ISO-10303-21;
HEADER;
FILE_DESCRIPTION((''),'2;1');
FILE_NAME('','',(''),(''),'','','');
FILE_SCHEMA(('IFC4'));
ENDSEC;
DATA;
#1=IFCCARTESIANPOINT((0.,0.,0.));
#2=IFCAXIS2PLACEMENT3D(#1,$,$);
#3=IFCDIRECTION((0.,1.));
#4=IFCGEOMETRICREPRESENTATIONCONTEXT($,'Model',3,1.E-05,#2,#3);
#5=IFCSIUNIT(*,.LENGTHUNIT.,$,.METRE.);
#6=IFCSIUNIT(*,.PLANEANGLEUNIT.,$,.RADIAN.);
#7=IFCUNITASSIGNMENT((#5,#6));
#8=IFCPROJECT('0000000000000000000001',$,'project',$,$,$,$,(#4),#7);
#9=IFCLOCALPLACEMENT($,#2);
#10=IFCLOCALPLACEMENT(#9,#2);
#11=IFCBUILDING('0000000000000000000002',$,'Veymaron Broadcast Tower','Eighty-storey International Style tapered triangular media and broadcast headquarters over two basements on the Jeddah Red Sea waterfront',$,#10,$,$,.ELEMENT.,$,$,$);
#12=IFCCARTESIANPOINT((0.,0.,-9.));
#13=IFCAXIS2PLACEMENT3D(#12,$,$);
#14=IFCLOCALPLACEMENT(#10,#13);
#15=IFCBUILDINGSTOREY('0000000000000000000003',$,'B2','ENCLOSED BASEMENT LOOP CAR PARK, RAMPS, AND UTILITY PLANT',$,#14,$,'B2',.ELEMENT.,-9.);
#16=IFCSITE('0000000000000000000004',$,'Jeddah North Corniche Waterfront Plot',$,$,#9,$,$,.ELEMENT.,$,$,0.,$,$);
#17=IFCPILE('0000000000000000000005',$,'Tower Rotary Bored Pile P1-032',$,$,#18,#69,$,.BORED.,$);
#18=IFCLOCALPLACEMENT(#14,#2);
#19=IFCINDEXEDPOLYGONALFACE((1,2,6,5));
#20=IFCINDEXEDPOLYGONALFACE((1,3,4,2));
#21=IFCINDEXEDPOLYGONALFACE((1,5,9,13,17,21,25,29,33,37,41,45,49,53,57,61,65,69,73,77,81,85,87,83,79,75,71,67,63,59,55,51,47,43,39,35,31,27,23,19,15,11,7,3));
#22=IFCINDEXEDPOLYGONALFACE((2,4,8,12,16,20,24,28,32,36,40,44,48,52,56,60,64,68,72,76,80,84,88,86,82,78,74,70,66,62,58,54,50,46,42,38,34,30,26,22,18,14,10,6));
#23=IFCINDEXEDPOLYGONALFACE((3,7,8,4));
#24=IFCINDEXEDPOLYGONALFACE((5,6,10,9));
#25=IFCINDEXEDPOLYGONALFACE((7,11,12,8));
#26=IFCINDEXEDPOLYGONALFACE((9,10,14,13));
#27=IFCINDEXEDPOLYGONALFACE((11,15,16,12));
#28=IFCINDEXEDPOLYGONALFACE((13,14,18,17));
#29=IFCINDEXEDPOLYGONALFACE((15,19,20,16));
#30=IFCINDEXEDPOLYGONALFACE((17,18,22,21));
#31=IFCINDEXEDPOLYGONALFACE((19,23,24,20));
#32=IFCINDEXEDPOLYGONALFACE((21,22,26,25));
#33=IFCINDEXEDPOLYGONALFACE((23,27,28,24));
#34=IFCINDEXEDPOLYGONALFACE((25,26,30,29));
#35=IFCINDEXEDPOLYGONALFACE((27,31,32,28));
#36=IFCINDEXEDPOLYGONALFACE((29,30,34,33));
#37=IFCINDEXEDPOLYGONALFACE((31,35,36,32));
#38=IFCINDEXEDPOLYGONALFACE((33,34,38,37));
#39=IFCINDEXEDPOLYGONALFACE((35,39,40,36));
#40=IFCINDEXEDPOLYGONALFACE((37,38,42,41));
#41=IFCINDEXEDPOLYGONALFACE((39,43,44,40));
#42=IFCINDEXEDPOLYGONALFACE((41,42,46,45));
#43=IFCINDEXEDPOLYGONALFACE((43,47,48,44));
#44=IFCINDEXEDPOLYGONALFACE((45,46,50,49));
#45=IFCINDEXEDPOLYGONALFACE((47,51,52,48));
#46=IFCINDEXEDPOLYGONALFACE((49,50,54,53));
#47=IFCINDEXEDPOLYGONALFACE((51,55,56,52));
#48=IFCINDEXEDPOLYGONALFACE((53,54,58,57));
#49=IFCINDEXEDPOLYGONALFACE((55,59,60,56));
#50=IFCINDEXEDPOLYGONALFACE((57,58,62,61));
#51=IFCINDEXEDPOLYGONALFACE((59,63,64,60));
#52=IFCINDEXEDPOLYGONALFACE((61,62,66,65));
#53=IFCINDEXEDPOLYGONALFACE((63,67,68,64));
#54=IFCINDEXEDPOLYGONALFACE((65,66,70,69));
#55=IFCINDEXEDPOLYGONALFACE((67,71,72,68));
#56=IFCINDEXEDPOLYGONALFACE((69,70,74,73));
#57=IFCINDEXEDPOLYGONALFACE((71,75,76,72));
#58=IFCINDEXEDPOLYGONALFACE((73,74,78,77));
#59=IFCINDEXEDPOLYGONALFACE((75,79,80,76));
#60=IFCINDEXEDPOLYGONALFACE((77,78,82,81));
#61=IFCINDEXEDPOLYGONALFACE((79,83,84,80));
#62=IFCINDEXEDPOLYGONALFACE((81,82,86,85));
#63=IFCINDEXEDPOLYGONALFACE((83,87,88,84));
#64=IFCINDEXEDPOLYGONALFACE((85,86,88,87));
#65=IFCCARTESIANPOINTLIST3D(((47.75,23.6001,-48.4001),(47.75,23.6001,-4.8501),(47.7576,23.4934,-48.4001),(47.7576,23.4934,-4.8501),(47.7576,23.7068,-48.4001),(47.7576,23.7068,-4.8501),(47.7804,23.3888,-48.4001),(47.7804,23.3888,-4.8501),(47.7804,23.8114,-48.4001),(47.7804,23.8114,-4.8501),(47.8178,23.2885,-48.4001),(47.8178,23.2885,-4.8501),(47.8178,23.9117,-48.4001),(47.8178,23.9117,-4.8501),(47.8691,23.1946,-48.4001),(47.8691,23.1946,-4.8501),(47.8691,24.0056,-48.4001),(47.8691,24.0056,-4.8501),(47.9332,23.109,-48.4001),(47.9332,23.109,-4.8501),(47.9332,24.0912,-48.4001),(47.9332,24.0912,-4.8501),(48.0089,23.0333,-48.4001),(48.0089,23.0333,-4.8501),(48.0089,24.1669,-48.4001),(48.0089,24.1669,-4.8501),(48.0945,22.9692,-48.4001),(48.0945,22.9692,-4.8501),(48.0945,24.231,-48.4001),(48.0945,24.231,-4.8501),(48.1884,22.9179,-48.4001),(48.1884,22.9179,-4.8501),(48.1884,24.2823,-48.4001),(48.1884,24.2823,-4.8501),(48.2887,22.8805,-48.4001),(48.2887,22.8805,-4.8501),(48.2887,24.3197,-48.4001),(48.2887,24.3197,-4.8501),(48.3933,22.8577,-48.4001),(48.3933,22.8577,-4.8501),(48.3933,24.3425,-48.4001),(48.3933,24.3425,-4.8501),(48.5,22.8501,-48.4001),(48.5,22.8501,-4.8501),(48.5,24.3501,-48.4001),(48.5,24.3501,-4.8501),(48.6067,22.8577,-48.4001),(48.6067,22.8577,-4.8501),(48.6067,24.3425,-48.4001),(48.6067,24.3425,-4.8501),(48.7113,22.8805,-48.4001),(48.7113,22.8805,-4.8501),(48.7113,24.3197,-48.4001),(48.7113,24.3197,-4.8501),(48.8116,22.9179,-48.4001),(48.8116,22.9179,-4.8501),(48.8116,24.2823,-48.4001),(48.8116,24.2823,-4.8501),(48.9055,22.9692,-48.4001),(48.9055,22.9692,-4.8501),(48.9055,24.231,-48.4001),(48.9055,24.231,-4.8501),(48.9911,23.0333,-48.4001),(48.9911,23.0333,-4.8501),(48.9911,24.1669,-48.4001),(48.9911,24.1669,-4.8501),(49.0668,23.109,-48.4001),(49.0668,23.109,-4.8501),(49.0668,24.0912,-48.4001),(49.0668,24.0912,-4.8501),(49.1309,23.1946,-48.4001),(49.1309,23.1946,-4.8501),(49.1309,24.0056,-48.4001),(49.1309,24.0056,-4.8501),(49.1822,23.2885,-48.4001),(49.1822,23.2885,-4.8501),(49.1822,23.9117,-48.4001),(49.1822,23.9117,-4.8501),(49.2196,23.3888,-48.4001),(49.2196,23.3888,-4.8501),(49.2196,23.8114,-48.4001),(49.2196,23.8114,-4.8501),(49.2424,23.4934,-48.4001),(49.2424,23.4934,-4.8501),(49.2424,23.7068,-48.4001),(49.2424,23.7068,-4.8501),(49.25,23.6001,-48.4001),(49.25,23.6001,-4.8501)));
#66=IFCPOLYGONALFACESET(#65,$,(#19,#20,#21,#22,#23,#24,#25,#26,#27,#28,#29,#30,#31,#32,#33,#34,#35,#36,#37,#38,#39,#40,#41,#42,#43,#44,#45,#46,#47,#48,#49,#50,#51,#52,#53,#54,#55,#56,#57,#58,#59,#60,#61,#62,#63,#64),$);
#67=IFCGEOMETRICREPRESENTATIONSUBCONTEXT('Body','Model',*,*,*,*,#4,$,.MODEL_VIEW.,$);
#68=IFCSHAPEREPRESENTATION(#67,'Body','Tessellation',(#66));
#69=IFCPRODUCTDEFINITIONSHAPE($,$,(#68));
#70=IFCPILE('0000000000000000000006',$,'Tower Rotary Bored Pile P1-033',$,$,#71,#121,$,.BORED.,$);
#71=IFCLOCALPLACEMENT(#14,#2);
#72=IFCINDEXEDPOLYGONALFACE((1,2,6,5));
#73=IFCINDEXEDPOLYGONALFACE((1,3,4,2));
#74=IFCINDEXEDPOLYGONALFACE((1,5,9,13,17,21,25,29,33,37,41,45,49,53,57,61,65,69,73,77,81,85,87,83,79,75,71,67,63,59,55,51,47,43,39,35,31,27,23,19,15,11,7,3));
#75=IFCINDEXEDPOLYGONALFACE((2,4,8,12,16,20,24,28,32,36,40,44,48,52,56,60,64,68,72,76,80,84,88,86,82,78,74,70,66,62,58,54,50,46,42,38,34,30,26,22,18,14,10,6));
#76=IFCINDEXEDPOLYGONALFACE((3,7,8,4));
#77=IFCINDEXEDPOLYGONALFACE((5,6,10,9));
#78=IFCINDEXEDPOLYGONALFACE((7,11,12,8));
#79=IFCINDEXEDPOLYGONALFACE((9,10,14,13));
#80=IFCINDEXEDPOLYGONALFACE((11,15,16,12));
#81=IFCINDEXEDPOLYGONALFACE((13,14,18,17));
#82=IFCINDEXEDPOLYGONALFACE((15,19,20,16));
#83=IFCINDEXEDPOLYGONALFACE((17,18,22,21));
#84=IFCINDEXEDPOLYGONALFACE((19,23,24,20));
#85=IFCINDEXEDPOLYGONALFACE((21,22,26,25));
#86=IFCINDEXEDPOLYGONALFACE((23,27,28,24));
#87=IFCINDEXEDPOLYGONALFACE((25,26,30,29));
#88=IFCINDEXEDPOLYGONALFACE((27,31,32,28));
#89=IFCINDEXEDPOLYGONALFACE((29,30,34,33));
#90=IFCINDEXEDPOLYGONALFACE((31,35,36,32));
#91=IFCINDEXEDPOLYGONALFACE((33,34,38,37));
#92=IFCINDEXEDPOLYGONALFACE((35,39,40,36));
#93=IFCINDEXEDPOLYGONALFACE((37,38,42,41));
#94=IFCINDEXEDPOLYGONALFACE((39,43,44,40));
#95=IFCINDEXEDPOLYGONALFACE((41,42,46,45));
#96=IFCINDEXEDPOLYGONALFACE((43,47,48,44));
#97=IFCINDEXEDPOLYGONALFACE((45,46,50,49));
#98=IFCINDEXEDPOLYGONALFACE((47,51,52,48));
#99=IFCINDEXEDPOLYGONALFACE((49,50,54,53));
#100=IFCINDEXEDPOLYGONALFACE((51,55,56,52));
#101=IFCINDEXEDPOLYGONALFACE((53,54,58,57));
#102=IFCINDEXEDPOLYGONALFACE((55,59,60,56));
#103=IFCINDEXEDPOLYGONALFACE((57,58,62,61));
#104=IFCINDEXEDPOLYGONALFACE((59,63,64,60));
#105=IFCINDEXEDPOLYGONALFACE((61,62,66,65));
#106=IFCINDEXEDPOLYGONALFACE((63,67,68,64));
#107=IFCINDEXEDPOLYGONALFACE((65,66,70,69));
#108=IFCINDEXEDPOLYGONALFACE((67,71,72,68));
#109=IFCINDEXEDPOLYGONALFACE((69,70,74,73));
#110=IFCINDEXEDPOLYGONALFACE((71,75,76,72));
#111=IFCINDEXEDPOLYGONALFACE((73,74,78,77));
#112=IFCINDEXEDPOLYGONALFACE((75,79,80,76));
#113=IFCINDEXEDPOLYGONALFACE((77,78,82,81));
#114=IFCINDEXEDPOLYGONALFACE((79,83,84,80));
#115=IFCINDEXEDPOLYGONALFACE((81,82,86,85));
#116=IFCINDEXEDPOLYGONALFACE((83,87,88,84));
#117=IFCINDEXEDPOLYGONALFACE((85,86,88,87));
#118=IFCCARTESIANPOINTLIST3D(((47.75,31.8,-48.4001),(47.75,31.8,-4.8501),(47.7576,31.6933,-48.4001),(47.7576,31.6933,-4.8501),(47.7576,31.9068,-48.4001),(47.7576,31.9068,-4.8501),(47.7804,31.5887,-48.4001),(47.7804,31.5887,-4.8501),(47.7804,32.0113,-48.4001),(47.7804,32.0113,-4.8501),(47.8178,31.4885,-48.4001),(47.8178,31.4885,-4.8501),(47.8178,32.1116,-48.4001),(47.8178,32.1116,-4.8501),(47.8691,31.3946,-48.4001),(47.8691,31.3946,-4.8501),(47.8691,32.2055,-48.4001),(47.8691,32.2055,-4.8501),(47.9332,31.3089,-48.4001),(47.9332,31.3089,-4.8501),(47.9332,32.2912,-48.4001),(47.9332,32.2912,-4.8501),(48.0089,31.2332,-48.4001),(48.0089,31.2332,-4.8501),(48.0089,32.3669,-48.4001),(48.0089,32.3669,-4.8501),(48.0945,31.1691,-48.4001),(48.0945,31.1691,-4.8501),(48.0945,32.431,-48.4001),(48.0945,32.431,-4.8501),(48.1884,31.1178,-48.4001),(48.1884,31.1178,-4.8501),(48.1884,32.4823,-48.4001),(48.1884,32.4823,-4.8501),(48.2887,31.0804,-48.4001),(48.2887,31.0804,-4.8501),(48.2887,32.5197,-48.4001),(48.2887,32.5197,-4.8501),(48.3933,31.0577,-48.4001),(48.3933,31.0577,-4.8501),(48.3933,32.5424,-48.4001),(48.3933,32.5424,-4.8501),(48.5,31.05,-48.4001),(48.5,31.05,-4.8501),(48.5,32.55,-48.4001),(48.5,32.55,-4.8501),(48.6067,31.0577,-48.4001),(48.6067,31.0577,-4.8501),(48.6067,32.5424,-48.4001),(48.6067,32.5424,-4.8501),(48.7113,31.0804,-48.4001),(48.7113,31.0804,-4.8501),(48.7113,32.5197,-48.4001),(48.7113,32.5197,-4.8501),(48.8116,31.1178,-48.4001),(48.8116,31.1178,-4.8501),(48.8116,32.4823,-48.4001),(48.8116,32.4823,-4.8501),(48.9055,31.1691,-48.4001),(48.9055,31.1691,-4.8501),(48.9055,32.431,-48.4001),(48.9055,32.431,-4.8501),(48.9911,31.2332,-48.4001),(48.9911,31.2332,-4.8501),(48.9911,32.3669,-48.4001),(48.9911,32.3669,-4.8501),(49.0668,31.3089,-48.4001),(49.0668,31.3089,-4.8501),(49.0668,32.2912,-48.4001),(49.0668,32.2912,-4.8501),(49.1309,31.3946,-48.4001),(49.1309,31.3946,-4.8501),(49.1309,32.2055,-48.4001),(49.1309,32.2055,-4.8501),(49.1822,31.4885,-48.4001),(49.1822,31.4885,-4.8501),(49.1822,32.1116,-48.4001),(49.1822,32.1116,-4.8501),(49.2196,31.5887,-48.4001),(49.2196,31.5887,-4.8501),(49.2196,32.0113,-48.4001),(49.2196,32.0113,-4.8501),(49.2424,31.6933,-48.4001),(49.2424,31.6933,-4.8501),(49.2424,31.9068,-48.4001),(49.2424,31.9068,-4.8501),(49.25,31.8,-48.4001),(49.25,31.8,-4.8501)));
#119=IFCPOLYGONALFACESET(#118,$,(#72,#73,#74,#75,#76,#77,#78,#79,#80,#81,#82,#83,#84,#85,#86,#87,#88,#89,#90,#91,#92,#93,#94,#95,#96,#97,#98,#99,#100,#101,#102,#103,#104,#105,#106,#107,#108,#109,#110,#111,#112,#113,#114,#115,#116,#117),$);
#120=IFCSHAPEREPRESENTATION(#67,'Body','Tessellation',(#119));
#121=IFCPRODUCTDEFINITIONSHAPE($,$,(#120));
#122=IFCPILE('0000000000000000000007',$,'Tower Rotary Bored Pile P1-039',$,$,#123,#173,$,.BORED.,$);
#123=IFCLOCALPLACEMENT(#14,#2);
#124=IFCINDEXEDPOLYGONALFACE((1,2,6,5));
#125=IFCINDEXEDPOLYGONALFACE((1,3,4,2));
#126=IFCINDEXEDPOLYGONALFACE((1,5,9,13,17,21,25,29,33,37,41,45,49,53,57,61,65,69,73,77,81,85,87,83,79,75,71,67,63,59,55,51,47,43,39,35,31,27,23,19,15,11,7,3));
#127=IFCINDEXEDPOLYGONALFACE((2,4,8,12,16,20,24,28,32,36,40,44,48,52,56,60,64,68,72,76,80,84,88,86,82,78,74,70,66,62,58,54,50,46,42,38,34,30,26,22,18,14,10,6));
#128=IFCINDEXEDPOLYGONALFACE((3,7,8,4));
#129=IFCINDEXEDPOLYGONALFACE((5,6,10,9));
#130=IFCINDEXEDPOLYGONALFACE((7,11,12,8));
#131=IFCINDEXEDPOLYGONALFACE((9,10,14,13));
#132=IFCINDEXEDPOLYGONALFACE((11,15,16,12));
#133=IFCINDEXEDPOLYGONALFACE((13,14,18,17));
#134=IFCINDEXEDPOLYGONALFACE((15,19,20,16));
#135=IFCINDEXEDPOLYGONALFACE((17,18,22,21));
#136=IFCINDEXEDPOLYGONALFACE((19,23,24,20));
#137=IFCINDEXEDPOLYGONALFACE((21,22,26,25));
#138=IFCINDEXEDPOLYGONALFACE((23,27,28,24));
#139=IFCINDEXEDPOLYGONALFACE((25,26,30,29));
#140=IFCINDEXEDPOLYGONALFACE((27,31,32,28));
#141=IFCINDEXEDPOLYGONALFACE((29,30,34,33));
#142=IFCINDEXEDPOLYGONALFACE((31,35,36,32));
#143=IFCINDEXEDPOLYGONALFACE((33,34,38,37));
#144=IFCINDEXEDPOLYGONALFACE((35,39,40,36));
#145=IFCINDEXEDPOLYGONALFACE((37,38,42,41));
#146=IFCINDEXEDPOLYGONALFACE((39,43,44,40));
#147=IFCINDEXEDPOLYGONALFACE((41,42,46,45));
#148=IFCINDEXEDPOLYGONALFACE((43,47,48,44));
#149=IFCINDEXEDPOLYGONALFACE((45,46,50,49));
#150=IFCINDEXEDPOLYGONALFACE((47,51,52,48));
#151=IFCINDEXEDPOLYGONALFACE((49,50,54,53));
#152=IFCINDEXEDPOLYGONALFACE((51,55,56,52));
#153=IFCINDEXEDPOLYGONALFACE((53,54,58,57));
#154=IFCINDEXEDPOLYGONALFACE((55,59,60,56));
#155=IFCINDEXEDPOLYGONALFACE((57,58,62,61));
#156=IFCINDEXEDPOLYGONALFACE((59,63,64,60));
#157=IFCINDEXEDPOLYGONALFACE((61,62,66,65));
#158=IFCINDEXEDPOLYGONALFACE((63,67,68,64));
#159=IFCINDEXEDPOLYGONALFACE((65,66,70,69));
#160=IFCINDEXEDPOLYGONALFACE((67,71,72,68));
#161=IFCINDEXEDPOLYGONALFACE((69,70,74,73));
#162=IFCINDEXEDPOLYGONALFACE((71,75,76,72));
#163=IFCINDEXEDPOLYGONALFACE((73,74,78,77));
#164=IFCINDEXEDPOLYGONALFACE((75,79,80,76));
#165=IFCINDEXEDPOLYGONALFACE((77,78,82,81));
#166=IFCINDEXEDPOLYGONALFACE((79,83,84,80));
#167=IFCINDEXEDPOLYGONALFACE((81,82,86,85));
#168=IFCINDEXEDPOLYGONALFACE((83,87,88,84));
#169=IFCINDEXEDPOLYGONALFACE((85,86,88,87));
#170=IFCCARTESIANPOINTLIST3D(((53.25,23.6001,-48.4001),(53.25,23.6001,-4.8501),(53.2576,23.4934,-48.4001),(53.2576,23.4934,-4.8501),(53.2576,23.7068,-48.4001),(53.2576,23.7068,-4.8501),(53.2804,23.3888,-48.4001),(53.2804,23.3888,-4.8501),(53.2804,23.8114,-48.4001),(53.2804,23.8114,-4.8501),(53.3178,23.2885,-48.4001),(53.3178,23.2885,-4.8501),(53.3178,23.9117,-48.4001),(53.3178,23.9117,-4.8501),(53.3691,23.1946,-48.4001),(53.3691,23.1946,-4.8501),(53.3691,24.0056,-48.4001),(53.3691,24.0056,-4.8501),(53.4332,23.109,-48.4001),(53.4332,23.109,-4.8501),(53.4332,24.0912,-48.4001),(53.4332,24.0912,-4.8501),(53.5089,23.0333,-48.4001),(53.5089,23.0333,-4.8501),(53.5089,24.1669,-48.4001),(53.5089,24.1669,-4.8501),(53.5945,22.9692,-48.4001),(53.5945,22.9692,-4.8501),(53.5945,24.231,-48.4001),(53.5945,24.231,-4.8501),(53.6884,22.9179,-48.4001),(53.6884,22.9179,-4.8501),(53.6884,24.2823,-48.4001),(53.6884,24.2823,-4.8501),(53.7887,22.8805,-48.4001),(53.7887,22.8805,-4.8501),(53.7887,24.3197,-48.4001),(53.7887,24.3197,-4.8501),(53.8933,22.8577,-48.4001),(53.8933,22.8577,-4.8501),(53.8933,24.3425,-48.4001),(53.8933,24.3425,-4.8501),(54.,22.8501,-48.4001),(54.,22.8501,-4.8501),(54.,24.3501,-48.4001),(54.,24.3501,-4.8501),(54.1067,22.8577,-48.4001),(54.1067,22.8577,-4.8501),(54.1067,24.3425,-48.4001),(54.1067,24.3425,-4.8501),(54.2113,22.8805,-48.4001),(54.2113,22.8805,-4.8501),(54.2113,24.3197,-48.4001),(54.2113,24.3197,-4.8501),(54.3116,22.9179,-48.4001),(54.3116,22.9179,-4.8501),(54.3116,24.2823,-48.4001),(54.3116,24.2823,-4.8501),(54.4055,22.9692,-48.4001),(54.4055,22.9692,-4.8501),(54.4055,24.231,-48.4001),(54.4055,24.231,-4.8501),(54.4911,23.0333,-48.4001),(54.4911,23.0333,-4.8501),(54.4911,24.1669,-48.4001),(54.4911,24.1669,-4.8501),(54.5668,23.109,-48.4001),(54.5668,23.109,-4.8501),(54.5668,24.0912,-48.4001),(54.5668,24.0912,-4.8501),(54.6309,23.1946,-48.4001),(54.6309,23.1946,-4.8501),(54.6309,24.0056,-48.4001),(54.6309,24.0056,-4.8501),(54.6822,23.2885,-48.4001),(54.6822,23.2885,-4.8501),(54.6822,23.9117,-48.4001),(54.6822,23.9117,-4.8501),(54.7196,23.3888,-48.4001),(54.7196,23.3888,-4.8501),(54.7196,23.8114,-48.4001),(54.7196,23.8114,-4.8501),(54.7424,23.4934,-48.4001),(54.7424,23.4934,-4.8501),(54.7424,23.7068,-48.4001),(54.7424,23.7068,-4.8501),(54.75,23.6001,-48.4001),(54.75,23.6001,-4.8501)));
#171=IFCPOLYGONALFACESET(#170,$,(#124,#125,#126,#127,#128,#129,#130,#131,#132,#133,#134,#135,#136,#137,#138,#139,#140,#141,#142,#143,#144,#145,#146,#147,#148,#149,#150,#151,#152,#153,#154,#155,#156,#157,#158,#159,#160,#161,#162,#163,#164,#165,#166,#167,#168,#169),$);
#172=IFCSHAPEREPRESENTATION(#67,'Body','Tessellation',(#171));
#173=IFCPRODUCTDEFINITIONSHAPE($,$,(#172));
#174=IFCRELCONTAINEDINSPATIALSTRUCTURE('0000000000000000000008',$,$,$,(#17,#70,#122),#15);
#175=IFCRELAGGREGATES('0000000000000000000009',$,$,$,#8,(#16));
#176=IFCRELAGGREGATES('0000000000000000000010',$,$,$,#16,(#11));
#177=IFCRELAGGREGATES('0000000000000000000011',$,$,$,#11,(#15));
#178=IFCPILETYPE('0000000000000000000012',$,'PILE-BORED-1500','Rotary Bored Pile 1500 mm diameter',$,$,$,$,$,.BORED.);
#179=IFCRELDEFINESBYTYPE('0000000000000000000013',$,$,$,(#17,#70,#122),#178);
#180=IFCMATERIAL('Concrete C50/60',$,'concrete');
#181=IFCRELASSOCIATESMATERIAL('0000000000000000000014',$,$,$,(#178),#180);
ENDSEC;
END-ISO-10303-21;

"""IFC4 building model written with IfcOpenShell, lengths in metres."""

from ifc_helpers import new_model, si_unit, direction, frame, origin, origin_2d, place, context, subcontext, project, spatial, circle, extrude, material, material_profile, profile_set, type_object, element, save


model = new_model("IFC4")

# Units and contexts
model_context = context("Model", 3, precision=1e-05, world=origin(), true_north=direction((0.0, 1.0)))
body_context = subcontext(model_context, "Body", "Model", "MODEL_VIEW")
ifc_project = project(units=[si_unit("LENGTHUNIT", "METRE"), si_unit("PLANEANGLEUNIT", "RADIAN")], contexts=[model_context])

# Site, building, storey
site_placement = place(None, origin())
site = spatial("IfcSite", under=ifc_project, at=site_placement, Name="Jeddah North Corniche Waterfront Plot", CompositionType="ELEMENT", RefElevation=0.0)
building_placement = place(site_placement, origin())
building = spatial("IfcBuilding", under=site, at=building_placement, Name="Veymaron Broadcast Tower", Description="Eighty-storey International Style tapered triangular media and broadcast headquarters over two basements on the Jeddah Red Sea waterfront", CompositionType="ELEMENT")
storey_placement = place(building_placement, frame((0.0, 0.0, -9.0)))
storey = spatial("IfcBuildingStorey", under=building, at=storey_placement, Name="B2", Description="ENCLOSED BASEMENT LOOP CAR PARK, RAMPS, AND UTILITY PLANT", LongName="B2", CompositionType="ELEMENT", Elevation=-9.0)

# Piles
ifc_material_1 = material(Name="Concrete C50/60", Category="concrete")
ifc_material_profile_1 = material_profile(ifc_material_1, circle(Radius=0.75, at=origin_2d()), Name="PILE1500")
ifc_profile_set_1 = profile_set([ifc_material_profile_1], Name="Concrete C50/60")
pile_type = type_object("IfcPileType", Name="PILE-BORED-1500", Description="Rotary Bored Pile 1500 mm diameter", PredefinedType="BORED", material=ifc_profile_set_1)
for number, where, z_axis, x_axis, name in (
    (1, (48.5, 23.6001, -4.8501), (0.0, 0.0, -1.0), (1.0, 0.0, 0.0), "Tower Rotary Bored Pile P1-032"),
    (2, (48.5, 31.8, -4.8501), (0.0, 0.0, -1.0), (1.0, 0.0, 0.0), "Tower Rotary Bored Pile P1-033"),
    (3, (54.0, 23.6001, -4.8501), (0.0, 0.0, -1.0), (1.0, 0.0, 0.0), "Tower Rotary Bored Pile P1-039"),
):
    element("IfcPile", number, at=place(storey_placement, frame(where, z_axis=z_axis, x_axis=x_axis)), inside=storey, type_object=pile_type, Name=name, PredefinedType="BORED", context=body_context, shape_type="SweptSolid", body=[
        extrude(circle(Radius=0.75, at=origin_2d()), origin(), (0.0, 0.0, 1.0), 43.55),
    ])

save(model, "model.ifc")
